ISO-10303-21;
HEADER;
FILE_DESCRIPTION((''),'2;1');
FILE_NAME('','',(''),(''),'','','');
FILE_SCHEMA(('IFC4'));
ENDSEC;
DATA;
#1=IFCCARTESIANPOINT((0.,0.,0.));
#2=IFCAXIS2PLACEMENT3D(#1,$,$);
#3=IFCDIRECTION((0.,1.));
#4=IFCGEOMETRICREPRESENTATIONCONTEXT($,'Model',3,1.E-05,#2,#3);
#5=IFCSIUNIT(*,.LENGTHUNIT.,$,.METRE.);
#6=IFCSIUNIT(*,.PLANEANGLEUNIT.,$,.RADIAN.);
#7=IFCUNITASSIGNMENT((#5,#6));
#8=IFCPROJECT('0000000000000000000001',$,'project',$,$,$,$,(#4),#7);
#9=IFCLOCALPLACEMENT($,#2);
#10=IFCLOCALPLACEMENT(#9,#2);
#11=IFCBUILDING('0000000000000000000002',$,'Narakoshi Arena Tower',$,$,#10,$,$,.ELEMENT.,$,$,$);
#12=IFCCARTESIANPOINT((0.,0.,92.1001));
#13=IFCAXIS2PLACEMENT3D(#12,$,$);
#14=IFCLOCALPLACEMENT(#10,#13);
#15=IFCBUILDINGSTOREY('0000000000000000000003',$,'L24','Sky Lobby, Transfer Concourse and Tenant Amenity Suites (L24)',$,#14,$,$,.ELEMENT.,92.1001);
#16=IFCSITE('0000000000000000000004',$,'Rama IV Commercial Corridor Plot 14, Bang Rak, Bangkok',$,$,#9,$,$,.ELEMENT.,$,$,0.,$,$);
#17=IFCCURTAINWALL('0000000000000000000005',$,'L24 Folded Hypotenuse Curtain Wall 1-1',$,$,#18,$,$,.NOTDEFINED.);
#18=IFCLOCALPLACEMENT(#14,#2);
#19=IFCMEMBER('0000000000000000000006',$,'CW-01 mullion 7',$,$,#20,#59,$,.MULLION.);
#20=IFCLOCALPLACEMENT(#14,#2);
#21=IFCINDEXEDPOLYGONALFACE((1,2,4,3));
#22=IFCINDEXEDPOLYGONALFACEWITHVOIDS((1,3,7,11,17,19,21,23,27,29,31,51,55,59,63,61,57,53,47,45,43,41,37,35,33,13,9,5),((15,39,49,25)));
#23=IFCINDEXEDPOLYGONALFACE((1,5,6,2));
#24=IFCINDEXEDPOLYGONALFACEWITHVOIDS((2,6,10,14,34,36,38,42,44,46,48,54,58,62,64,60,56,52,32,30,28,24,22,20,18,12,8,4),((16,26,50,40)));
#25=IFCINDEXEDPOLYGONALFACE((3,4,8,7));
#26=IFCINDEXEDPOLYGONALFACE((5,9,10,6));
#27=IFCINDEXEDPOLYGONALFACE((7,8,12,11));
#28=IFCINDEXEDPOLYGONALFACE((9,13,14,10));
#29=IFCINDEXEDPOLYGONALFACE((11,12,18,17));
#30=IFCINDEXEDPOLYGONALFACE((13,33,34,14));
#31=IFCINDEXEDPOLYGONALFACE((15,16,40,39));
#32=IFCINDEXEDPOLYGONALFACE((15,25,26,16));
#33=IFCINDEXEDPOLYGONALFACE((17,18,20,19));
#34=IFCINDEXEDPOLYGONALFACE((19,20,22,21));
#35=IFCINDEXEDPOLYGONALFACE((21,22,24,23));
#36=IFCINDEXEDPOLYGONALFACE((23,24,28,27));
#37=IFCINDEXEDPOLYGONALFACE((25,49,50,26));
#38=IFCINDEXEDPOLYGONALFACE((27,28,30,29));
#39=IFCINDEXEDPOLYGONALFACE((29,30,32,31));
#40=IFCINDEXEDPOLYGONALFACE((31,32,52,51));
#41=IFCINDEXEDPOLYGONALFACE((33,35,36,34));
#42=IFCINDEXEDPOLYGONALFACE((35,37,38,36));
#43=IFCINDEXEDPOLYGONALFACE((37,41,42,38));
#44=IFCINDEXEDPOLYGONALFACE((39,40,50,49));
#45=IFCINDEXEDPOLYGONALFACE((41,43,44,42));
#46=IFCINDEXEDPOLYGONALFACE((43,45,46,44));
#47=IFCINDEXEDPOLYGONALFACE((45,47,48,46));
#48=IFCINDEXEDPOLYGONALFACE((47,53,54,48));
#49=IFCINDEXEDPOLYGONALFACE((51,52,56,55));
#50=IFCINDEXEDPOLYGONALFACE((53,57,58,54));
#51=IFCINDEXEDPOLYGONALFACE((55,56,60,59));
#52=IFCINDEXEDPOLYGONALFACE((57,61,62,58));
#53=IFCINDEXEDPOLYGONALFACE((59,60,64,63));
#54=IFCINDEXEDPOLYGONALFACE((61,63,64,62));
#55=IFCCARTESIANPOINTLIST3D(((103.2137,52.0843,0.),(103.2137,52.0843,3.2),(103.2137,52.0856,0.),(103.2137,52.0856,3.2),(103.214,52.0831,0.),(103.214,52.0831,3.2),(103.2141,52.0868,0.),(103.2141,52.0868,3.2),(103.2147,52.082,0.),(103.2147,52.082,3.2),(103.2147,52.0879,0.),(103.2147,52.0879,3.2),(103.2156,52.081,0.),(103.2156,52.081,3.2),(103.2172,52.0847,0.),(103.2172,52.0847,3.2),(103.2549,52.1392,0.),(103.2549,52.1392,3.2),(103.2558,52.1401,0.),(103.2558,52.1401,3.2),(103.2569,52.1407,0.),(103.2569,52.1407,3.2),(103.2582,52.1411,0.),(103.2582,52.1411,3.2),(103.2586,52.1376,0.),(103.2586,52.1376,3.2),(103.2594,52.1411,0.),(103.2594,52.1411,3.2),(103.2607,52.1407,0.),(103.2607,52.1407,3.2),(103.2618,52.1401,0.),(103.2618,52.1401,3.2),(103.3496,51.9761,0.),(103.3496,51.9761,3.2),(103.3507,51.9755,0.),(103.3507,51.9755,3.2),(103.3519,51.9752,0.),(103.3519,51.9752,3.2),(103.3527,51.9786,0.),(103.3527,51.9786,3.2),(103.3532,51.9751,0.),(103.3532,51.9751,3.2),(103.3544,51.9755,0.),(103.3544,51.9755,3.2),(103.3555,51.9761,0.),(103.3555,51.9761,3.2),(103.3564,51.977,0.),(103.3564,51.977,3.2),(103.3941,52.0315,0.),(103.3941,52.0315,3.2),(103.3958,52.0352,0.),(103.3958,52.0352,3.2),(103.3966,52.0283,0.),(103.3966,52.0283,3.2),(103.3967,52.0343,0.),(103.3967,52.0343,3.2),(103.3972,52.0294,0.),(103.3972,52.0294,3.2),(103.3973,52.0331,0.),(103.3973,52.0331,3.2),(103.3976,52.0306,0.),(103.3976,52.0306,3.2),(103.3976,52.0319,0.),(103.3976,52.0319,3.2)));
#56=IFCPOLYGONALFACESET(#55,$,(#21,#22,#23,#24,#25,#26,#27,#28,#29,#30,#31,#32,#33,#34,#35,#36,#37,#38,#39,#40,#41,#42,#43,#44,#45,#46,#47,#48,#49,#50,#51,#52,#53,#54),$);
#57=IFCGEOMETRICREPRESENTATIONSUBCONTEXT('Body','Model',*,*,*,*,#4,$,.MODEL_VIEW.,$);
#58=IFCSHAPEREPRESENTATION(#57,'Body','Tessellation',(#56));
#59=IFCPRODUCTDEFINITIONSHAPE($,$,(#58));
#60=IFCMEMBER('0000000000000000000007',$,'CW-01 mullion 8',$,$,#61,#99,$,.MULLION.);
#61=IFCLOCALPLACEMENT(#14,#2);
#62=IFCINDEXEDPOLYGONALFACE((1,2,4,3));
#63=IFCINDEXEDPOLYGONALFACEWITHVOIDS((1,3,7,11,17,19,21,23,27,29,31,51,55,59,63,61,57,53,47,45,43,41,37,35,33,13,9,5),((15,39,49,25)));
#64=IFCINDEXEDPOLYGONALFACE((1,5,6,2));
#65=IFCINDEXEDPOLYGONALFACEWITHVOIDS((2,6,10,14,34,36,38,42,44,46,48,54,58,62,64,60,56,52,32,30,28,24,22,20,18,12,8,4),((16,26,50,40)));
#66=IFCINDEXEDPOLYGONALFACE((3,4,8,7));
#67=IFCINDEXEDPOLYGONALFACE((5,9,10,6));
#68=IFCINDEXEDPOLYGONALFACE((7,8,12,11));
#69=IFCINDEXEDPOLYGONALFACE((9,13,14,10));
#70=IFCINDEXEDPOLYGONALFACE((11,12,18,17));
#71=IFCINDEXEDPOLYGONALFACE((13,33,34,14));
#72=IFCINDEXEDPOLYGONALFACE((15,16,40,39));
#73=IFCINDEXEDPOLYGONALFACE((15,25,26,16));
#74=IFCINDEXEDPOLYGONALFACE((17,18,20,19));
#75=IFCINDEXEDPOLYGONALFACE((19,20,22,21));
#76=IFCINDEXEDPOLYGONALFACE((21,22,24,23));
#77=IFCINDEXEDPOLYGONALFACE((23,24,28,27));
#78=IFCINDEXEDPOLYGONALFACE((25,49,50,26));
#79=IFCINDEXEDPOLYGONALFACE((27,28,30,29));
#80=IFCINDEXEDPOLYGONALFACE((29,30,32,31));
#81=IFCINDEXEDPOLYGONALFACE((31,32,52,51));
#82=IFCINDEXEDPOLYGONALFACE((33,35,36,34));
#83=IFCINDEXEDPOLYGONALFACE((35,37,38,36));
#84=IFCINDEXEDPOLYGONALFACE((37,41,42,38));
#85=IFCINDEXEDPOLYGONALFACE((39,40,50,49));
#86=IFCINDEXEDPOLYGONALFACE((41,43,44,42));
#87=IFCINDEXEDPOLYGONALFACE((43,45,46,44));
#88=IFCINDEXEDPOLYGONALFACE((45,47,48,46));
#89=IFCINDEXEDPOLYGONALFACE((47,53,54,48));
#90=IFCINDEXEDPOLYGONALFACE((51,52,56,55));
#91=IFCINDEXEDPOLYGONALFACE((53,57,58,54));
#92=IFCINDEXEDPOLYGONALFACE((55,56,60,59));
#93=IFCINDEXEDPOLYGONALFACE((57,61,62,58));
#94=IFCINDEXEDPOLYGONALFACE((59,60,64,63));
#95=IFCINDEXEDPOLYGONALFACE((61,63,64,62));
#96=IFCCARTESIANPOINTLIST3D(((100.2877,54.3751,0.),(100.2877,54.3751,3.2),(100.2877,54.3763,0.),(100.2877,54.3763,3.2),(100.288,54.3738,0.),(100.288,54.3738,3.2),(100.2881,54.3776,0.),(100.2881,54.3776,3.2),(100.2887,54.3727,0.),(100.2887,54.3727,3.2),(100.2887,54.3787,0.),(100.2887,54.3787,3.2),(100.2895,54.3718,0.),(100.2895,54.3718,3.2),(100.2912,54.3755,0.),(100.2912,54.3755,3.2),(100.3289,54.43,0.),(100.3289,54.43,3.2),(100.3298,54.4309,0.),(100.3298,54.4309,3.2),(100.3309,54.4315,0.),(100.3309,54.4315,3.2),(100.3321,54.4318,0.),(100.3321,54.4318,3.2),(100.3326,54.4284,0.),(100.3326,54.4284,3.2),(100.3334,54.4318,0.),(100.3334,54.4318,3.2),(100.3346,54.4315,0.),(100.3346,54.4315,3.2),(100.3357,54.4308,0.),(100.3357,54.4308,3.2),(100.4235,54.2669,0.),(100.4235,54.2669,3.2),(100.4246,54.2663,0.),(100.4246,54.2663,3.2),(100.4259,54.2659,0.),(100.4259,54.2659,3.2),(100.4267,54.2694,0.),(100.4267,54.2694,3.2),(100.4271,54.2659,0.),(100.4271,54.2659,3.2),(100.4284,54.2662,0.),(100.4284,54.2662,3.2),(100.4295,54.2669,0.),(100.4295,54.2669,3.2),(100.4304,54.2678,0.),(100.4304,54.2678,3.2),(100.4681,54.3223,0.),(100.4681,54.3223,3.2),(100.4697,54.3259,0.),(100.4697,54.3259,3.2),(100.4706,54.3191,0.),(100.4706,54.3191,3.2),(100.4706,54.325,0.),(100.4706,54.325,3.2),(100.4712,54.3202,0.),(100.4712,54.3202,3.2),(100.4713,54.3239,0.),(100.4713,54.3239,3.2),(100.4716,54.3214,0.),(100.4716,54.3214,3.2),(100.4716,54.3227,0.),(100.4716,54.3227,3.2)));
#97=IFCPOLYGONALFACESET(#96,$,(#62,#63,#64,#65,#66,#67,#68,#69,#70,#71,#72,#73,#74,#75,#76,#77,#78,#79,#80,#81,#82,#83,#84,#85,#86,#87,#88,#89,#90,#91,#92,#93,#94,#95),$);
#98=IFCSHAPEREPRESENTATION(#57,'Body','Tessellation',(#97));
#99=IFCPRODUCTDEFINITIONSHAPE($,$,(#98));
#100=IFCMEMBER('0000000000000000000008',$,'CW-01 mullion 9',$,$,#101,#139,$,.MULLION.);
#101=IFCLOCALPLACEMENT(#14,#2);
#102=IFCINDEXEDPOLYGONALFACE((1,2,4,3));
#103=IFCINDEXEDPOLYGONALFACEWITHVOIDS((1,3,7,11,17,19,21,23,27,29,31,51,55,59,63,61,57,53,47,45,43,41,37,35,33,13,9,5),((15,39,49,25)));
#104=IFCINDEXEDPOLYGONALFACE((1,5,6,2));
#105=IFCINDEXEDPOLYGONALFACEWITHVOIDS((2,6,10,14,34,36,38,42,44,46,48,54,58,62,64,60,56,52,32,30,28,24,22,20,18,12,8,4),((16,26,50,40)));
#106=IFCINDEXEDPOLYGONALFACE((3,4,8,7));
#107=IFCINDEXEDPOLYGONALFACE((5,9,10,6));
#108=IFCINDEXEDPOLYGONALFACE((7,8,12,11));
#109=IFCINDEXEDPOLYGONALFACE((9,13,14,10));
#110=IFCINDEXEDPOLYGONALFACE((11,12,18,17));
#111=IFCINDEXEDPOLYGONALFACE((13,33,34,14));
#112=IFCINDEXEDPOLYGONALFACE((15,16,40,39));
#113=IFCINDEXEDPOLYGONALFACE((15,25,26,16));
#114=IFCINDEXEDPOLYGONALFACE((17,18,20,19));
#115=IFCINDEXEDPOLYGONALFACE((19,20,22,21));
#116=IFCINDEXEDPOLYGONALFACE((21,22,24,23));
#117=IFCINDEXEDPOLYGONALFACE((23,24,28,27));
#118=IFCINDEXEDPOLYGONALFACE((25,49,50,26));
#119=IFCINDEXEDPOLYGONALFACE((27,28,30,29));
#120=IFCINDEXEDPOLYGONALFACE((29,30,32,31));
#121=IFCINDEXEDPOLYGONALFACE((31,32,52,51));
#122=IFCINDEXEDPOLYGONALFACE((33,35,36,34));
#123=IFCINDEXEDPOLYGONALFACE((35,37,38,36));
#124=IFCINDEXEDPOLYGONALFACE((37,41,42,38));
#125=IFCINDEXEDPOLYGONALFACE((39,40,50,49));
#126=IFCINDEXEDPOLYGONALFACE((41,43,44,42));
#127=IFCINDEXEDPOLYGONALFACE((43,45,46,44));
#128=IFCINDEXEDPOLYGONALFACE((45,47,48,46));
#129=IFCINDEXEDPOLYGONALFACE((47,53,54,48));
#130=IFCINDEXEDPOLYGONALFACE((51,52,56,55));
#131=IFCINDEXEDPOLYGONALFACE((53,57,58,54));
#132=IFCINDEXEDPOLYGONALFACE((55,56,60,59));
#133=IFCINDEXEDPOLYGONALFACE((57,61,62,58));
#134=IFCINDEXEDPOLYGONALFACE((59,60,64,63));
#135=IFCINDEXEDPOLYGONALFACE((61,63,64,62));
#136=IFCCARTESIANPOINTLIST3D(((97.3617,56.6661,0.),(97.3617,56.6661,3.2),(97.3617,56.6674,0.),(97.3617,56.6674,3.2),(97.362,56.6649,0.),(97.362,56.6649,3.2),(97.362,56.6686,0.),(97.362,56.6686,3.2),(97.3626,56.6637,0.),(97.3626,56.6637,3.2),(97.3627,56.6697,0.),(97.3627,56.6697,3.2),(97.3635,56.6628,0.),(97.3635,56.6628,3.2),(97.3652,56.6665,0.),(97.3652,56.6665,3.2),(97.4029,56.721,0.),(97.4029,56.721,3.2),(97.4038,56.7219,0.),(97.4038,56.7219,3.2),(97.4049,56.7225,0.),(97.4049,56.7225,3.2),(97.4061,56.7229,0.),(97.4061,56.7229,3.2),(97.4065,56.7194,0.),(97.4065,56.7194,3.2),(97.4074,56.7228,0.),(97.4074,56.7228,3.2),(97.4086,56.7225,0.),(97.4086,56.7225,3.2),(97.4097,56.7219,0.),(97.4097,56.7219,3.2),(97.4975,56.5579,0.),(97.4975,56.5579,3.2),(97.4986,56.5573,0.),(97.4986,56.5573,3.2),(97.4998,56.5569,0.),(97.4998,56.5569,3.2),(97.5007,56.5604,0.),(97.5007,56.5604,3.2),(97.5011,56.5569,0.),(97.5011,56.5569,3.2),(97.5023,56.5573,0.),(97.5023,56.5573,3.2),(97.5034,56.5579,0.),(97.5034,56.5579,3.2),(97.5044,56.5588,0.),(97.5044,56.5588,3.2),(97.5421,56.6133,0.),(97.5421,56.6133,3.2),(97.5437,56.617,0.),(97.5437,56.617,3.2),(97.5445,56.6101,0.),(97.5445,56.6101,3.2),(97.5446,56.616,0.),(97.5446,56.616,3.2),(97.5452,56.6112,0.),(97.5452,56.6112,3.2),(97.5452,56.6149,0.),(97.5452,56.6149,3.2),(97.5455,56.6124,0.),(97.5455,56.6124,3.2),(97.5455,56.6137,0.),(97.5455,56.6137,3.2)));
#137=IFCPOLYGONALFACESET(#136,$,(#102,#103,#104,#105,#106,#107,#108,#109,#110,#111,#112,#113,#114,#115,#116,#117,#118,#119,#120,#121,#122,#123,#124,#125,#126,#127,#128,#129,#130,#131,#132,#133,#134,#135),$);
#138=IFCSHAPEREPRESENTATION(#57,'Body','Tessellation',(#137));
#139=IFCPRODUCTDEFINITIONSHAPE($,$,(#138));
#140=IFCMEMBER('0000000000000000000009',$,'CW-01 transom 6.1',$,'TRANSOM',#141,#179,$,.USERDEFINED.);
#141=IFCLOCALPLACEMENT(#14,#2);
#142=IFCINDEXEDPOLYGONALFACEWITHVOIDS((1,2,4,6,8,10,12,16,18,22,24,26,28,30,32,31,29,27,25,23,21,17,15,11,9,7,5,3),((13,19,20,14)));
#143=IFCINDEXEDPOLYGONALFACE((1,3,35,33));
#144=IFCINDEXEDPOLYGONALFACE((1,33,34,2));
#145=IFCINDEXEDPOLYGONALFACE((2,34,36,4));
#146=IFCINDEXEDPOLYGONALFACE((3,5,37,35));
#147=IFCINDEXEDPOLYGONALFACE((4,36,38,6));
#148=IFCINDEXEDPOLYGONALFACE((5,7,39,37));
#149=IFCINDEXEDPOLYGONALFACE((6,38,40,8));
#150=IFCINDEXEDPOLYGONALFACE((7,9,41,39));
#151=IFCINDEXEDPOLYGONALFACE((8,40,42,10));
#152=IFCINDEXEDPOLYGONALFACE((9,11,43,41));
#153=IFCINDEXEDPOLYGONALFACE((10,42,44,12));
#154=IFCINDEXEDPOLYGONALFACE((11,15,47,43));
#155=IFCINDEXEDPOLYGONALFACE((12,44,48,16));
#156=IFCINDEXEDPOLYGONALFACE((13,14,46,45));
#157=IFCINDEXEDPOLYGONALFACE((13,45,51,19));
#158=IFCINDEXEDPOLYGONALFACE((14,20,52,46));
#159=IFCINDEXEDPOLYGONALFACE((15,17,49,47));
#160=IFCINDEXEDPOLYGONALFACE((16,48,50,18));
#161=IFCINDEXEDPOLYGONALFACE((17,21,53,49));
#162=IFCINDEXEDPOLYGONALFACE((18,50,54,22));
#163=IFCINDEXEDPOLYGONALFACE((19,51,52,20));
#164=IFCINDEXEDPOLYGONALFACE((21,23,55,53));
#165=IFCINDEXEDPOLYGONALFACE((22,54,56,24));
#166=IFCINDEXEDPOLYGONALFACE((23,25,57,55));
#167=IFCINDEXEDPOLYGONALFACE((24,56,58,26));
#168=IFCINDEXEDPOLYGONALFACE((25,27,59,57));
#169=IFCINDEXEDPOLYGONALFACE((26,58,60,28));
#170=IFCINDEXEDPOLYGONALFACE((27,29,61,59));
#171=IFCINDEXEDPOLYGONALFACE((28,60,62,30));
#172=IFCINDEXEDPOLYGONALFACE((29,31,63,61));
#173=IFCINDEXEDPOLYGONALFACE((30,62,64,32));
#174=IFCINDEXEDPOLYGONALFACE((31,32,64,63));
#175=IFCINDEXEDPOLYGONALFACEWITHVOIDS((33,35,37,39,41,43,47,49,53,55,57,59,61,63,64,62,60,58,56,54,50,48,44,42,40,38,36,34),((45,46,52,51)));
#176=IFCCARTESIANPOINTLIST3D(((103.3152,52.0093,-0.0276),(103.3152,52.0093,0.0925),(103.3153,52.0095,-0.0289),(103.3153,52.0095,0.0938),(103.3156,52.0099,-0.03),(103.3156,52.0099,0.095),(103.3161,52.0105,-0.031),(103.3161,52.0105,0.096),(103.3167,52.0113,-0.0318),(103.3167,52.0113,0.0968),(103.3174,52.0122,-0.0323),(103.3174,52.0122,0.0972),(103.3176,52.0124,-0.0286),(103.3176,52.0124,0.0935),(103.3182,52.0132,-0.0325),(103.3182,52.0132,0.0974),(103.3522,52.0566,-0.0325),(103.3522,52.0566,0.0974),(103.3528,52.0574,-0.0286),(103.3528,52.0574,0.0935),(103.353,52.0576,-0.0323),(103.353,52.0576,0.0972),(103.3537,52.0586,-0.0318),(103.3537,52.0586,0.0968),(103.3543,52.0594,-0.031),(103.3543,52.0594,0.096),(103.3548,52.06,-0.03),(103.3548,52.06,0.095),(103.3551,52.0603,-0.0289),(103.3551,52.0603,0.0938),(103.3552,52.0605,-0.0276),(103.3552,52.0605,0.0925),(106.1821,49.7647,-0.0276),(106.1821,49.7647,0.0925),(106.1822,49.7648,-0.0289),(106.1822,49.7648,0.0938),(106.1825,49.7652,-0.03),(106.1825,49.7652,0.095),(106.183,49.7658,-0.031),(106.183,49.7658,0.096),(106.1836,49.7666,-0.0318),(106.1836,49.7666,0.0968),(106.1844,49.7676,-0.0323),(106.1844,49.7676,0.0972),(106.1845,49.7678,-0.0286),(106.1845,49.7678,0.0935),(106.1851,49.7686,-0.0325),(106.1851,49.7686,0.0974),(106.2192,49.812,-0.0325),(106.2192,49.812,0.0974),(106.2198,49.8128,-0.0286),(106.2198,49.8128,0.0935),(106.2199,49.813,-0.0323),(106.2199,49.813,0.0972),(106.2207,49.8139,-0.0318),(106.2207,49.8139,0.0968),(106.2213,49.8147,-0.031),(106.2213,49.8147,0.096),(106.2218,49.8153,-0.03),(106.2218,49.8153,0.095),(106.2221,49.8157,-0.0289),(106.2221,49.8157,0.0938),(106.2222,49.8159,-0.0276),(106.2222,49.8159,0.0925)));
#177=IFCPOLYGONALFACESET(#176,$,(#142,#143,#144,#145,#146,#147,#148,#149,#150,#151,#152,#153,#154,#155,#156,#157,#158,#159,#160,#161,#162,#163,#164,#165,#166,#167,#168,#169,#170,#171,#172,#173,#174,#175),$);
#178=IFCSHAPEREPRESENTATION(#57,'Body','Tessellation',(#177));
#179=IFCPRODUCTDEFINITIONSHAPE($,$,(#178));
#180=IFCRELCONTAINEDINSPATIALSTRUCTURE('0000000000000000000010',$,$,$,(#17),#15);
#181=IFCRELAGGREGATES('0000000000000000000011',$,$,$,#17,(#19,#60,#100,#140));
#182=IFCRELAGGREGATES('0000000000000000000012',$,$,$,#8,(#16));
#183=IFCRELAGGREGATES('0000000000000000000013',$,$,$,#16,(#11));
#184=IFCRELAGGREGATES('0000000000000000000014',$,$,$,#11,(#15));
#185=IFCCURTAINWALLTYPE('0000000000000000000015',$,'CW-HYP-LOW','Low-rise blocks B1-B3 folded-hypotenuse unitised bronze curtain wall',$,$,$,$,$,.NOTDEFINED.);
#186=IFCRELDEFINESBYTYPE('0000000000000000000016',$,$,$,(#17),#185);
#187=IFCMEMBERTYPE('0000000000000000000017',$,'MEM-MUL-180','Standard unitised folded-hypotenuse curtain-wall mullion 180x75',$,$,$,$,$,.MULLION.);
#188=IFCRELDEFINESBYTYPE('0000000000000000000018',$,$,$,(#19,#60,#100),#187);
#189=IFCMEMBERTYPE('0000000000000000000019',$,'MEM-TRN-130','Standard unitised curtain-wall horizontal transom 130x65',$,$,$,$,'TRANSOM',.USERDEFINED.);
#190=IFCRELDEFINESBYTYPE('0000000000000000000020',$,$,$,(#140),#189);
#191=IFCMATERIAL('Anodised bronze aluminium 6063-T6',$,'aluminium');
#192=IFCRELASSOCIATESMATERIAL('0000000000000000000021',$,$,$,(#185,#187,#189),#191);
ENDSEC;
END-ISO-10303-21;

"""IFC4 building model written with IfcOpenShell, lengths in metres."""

from ifc_helpers import new_model, si_unit, direction, frame, origin, origin_2d, place, context, subcontext, project, spatial, hollow_rectangle, extrude, material, material_profile, profile_set, type_object, element, aggregate, save


model = new_model("IFC4")

# Units and contexts
model_context = context("Model", 3, precision=1e-05, world=origin(), true_north=direction((0.0, 1.0)))
body_context = subcontext(model_context, "Body", "Model", "MODEL_VIEW")
ifc_project = project(units=[si_unit("LENGTHUNIT", "METRE"), si_unit("PLANEANGLEUNIT", "RADIAN")], contexts=[model_context])

# Site, building, storey
site_placement = place(None, origin())
site = spatial("IfcSite", under=ifc_project, at=site_placement, Name="Rama IV Commercial Corridor Plot 14, Bang Rak, Bangkok", CompositionType="ELEMENT", RefElevation=0.0)
building_placement = place(site_placement, origin())
building = spatial("IfcBuilding", under=site, at=building_placement, Name="Narakoshi Arena Tower", CompositionType="ELEMENT")
storey_placement = place(building_placement, frame((0.0, 0.0, 92.1001)))
storey = spatial("IfcBuildingStorey", under=building, at=storey_placement, Name="L24", Description="Sky Lobby, Transfer Concourse and Tenant Amenity Suites (L24)", CompositionType="ELEMENT", Elevation=92.1001)

# Curtain wall, members
ifc_material_1 = material(Name="Anodised bronze aluminium 6063-T6", Category="aluminium")
curtain_wall_type = type_object("IfcCurtainWallType", Name="CW-HYP-LOW", Description="Low-rise blocks B1-B3 folded-hypotenuse unitised bronze curtain wall", PredefinedType="NOTDEFINED", material=ifc_material_1)
curtain_wall_placement = place(storey_placement, origin())
curtain_wall = element("IfcCurtainWall", 1, at=curtain_wall_placement, inside=storey, type_object=curtain_wall_type, Name="L24 Folded Hypotenuse Curtain Wall 1-1", PredefinedType="NOTDEFINED")
ifc_material_profile_1 = material_profile(ifc_material_1, hollow_rectangle(XDim=0.075, YDim=0.1799, WallThickness=0.0039, OuterFilletRadius=0.0049, at=origin_2d()), Name="MUL180x75x4")
ifc_profile_set_1 = profile_set([ifc_material_profile_1], Name="Anodised bronze aluminium 6063-T6")
member_type_1 = type_object("IfcMemberType", Name="MEM-MUL-180", Description="Standard unitised folded-hypotenuse curtain-wall mullion 180x75", PredefinedType="MULLION", material=ifc_profile_set_1)
member_1_placement = place(storey_placement, frame((103.3057, 52.0581, 0.0), z_axis=(0.0, 0.0, 1.0), x_axis=(-0.616457, -0.787389, 0.0)))
member_1 = element("IfcMember", 2, at=member_1_placement, type_object=member_type_1, Name="CW-01 mullion 7", PredefinedType="MULLION", context=body_context, shape_type="SweptSolid", body=[
    extrude(hollow_rectangle(XDim=0.075, YDim=0.1799, WallThickness=0.0039, OuterFilletRadius=0.0049, at=origin_2d()), origin(), (0.0, 0.0, 1.0), 3.2),
])
member_2_placement = place(storey_placement, frame((100.3796, 54.3489, 0.0), z_axis=(0.0, 0.0, 1.0), x_axis=(-0.616457, -0.787389, 0.0)))
member_2 = element("IfcMember", 3, at=member_2_placement, type_object=member_type_1, Name="CW-01 mullion 8", PredefinedType="MULLION", context=body_context, shape_type="SweptSolid", body=[
    extrude(hollow_rectangle(XDim=0.075, YDim=0.1799, WallThickness=0.0039, OuterFilletRadius=0.0049, at=origin_2d()), origin(), (0.0, 0.0, 1.0), 3.2),
])
member_3_placement = place(storey_placement, frame((97.4536, 56.6399, 0.0), z_axis=(0.0, 0.0, 1.0), x_axis=(-0.616457, -0.787389, 0.0)))
member_3 = element("IfcMember", 4, at=member_3_placement, type_object=member_type_1, Name="CW-01 mullion 9", PredefinedType="MULLION", context=body_context, shape_type="SweptSolid", body=[
    extrude(hollow_rectangle(XDim=0.075, YDim=0.1799, WallThickness=0.0039, OuterFilletRadius=0.0049, at=origin_2d()), origin(), (0.0, 0.0, 1.0), 3.2),
])
ifc_material_profile_2 = material_profile(ifc_material_1, hollow_rectangle(XDim=0.0649, YDim=0.1299, WallThickness=0.0039, OuterFilletRadius=0.0049, at=origin_2d()), Name="TRN130x65x4")
ifc_profile_set_2 = profile_set([ifc_material_profile_2], Name="Anodised bronze aluminium 6063-T6")
member_type_2 = type_object("IfcMemberType", Name="MEM-TRN-130", Description="Standard unitised curtain-wall horizontal transom 130x65", ElementType="TRANSOM", PredefinedType="USERDEFINED", material=ifc_profile_set_2)
member_4_placement = place(storey_placement, frame((106.2021, 49.7903, 0.0325), z_axis=(-0.78738, 0.616467, 0.0), x_axis=(-0.616467, -0.78738, 0.0)))
member_4 = element("IfcMember", 5, at=member_4_placement, type_object=member_type_2, Name="CW-01 transom 6.1", ObjectType="TRANSOM", PredefinedType="USERDEFINED", context=body_context, shape_type="SweptSolid", body=[
    extrude(hollow_rectangle(XDim=0.0649, YDim=0.1299, WallThickness=0.0039, OuterFilletRadius=0.0049, at=origin_2d()), origin(), (0.0, 0.0, 1.0), 3.6411),
])
aggregate(curtain_wall, [member_1, member_2, member_3, member_4])

save(model, "model.ifc")
